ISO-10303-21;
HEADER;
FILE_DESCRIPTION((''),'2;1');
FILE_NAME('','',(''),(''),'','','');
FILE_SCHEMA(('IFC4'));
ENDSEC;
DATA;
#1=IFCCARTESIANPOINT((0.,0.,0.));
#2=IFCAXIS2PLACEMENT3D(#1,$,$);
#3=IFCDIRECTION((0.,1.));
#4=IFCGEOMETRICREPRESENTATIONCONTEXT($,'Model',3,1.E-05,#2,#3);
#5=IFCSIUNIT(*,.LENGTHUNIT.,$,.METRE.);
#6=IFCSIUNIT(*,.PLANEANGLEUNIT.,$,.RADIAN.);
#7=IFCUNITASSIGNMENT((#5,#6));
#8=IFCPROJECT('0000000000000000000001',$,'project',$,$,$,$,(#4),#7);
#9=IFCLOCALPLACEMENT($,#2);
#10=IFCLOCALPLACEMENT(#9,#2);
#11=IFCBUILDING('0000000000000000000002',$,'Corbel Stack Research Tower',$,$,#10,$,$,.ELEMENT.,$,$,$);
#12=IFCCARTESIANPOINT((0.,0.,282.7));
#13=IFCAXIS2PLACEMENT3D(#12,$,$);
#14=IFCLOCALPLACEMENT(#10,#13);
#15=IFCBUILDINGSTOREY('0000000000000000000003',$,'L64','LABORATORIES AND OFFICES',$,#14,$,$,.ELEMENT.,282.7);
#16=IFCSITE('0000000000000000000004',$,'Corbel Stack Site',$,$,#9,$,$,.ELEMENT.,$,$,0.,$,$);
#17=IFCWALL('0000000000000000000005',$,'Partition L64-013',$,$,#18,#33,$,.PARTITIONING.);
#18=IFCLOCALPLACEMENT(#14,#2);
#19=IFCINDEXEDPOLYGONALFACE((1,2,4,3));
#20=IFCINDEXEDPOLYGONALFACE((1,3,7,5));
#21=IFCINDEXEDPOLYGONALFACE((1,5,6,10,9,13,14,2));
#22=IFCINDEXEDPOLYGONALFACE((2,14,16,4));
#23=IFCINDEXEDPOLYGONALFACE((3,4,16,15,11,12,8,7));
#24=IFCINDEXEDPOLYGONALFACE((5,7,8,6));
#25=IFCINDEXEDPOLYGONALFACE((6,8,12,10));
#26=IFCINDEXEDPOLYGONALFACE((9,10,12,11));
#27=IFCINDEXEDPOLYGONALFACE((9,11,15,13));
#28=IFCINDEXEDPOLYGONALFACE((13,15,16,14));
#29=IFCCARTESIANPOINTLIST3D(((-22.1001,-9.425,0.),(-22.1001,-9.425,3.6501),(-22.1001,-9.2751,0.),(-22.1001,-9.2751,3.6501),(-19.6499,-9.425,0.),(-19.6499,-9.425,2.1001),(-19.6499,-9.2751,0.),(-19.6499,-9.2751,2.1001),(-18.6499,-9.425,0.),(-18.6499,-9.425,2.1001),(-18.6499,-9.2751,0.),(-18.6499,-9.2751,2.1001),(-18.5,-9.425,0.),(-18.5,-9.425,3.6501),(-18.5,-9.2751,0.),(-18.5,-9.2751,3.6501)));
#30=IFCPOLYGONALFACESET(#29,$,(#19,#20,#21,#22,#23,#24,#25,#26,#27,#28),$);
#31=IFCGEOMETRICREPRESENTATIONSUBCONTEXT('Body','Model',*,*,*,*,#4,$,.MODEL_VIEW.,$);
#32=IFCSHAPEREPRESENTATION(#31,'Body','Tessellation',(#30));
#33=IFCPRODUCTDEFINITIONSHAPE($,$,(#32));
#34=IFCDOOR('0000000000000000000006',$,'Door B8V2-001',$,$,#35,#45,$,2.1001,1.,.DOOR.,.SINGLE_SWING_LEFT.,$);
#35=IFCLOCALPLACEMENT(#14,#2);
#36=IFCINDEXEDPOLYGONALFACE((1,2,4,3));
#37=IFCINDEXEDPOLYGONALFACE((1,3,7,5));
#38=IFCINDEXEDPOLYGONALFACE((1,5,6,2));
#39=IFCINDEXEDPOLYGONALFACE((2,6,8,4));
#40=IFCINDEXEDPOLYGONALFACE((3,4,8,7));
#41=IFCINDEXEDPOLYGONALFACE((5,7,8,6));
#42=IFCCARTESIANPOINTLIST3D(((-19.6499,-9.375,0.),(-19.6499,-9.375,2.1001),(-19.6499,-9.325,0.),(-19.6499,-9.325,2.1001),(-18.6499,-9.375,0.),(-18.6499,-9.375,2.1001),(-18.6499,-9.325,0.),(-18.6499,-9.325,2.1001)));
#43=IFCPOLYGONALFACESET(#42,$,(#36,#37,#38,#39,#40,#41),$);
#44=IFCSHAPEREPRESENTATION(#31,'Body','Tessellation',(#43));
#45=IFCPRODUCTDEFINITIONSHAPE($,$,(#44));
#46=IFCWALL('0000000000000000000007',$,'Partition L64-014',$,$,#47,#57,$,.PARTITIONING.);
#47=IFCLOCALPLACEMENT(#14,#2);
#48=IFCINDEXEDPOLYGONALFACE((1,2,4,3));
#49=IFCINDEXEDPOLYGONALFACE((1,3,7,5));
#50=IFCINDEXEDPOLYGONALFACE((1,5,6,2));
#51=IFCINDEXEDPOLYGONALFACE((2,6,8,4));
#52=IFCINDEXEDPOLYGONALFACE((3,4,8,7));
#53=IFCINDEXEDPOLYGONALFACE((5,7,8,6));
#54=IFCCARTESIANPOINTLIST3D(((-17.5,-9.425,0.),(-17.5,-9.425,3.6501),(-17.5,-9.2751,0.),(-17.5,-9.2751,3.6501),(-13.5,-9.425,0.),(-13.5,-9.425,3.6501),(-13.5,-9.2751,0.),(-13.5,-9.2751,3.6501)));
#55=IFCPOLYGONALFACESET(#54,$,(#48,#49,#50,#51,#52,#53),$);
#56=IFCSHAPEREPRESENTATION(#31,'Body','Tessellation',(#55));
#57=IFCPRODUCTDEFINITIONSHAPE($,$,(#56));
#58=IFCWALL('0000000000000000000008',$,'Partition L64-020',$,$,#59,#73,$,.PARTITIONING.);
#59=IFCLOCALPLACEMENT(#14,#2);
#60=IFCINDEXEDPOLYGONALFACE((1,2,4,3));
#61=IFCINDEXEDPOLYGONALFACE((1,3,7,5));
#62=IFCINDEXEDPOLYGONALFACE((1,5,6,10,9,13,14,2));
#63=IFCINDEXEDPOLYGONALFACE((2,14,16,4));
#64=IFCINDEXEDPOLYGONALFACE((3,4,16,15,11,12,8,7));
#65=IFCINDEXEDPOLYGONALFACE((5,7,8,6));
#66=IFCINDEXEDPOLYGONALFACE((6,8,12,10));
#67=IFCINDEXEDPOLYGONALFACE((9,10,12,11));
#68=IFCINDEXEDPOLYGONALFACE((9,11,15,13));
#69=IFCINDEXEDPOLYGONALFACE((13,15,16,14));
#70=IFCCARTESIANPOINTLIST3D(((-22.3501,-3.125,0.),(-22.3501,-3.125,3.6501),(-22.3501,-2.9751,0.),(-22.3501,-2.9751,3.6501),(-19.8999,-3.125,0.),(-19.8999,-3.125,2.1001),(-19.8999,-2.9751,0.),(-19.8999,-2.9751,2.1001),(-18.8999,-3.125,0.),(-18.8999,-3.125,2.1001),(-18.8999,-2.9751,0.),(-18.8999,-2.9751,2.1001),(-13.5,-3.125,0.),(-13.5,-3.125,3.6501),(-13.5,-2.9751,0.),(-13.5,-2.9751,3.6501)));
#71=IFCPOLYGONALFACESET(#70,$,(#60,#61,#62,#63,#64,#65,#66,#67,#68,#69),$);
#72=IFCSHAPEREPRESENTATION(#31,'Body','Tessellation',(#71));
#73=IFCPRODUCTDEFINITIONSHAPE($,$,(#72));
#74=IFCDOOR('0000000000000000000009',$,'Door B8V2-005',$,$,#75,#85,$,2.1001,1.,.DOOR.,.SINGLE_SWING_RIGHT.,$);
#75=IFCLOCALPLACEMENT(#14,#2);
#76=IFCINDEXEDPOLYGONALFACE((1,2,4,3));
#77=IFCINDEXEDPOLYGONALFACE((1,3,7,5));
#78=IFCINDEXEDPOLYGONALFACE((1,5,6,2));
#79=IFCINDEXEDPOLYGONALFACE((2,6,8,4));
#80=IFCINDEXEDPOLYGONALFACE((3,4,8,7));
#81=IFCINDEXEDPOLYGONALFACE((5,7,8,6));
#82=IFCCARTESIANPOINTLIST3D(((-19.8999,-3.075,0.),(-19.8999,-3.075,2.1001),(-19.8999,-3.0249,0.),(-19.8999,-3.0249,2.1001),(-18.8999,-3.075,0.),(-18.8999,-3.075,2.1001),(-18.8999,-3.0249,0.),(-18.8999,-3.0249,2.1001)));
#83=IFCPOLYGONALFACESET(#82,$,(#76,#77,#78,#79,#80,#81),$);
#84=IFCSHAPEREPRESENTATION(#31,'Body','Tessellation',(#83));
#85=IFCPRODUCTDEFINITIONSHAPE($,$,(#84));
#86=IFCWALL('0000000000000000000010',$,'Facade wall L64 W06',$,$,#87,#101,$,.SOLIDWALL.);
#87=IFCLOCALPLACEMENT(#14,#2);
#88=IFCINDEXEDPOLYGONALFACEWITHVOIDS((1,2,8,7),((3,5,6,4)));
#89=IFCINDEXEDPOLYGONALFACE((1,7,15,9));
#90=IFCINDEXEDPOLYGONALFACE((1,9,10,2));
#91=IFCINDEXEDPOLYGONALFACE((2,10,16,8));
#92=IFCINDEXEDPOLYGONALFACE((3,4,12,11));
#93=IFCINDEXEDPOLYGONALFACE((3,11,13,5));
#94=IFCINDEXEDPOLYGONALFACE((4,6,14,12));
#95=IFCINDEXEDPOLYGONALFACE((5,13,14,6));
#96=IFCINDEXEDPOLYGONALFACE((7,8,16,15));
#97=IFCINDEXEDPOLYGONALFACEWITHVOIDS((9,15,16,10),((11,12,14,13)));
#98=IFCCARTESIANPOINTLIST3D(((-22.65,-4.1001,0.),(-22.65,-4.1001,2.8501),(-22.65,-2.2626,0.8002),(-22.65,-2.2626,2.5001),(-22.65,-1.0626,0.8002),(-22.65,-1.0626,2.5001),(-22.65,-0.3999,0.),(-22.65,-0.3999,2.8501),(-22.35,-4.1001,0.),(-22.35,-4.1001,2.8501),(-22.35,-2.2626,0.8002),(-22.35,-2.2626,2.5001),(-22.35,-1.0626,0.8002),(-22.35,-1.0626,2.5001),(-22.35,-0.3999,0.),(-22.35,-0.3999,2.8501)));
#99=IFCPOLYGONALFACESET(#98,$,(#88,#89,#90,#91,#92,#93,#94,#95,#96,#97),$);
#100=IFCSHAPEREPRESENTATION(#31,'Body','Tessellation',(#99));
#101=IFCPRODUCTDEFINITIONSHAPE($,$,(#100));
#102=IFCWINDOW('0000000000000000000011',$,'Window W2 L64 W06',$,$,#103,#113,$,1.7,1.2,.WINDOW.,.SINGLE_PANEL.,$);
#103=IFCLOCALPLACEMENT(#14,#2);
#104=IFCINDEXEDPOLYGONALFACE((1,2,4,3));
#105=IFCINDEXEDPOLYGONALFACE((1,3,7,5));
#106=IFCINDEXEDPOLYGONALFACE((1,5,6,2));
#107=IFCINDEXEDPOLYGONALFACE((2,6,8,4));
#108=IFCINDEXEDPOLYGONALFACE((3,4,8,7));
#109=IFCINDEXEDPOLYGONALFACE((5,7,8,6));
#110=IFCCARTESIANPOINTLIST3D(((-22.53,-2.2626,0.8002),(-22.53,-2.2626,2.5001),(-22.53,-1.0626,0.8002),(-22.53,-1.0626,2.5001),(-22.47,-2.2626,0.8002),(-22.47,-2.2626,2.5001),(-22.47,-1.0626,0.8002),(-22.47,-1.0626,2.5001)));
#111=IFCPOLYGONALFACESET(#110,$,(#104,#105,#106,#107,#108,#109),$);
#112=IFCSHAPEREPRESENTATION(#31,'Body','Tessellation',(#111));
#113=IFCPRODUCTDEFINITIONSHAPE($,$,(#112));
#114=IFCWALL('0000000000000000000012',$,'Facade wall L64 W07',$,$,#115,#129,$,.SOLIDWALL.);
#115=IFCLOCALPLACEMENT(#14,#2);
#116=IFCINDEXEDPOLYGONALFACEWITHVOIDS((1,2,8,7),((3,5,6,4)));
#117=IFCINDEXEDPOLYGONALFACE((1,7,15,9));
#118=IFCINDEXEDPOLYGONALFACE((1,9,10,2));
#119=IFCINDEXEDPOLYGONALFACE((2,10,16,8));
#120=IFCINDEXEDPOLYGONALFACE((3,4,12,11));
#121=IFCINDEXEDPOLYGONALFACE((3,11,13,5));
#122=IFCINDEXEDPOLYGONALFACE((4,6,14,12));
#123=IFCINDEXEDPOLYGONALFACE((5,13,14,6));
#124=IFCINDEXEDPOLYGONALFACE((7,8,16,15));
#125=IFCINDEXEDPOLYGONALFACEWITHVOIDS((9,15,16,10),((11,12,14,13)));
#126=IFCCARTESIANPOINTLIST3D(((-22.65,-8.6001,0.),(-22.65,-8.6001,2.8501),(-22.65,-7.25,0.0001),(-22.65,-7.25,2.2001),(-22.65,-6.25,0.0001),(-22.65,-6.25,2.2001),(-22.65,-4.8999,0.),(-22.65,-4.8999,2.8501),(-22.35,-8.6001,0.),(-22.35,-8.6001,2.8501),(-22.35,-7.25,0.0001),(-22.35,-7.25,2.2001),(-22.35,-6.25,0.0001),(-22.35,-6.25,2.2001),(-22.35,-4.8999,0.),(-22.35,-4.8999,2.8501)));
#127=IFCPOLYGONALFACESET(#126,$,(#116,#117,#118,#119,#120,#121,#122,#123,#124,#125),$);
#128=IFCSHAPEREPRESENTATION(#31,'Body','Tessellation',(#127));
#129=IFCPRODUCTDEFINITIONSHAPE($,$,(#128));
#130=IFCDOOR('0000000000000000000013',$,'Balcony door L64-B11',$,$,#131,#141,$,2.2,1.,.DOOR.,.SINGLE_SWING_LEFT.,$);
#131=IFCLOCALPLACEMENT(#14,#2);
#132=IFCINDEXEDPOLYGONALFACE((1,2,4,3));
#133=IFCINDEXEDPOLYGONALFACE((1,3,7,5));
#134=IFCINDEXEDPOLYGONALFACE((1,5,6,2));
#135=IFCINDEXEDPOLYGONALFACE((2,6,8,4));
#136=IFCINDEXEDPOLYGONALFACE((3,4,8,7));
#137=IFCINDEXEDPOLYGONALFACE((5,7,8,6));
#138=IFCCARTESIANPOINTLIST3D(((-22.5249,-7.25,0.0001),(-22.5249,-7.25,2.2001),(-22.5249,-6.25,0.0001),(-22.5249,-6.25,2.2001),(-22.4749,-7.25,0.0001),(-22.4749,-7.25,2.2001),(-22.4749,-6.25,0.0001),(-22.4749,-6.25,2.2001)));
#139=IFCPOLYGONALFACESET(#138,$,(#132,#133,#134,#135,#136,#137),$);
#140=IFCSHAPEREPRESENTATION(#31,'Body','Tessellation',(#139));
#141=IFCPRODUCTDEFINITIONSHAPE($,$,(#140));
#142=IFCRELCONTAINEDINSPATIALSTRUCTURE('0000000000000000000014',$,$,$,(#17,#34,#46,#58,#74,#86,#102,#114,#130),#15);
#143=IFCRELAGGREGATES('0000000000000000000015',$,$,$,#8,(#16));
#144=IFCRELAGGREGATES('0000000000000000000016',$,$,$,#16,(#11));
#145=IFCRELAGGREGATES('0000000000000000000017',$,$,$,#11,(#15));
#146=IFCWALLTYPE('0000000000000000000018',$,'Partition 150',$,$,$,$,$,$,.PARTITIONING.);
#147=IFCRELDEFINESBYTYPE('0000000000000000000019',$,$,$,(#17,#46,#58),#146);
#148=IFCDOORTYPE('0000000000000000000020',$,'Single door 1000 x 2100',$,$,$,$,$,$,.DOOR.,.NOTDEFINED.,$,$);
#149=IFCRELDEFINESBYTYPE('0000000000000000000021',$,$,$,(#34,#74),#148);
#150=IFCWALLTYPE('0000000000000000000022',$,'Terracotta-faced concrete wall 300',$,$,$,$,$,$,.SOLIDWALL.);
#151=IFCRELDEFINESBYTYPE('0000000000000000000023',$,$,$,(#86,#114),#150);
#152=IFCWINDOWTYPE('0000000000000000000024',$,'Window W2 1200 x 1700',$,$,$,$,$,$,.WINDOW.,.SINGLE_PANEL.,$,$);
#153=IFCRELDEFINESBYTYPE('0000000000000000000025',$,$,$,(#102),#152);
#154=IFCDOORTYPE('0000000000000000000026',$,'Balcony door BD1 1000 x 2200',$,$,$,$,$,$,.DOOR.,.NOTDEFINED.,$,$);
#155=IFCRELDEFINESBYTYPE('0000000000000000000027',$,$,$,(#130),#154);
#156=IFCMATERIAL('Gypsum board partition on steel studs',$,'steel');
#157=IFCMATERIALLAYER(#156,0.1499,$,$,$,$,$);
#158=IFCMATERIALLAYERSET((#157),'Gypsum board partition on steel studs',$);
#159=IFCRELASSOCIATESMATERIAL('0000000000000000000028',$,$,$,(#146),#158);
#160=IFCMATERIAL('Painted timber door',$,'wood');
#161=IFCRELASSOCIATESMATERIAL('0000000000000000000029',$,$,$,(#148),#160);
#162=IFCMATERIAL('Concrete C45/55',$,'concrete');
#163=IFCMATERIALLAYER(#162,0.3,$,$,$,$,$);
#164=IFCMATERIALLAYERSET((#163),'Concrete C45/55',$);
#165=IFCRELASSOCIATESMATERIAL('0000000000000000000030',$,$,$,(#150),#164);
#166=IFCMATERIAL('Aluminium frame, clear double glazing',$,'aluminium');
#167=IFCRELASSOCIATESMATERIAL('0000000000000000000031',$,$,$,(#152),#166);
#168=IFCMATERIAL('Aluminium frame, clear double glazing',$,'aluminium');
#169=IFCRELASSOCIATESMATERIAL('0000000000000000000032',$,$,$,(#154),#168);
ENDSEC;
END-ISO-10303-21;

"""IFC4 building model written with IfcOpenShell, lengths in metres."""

from ifc_helpers import new_model, si_unit, direction, frame, frame_2d, origin, place, context, subcontext, project, spatial, rectangle, extrude, material, layer, layer_set, type_object, element, fill, save


model = new_model("IFC4")

# Units and contexts
model_context = context("Model", 3, precision=1e-05, world=origin(), true_north=direction((0.0, 1.0)))
body_context = subcontext(model_context, "Body", "Model", "MODEL_VIEW")
ifc_project = project(units=[si_unit("LENGTHUNIT", "METRE"), si_unit("PLANEANGLEUNIT", "RADIAN")], contexts=[model_context])

# Site, building, storey
site_placement = place(None, origin())
site = spatial("IfcSite", under=ifc_project, at=site_placement, Name="Corbel Stack Site", CompositionType="ELEMENT", RefElevation=0.0)
building_placement = place(site_placement, origin())
building = spatial("IfcBuilding", under=site, at=building_placement, Name="Corbel Stack Research Tower", CompositionType="ELEMENT")
storey_placement = place(building_placement, frame((0.0, 0.0, 282.7)))
storey = spatial("IfcBuildingStorey", under=building, at=storey_placement, Name="L64", Description="LABORATORIES AND OFFICES", CompositionType="ELEMENT", Elevation=282.7)

# Wall, opening, door
ifc_material_1 = material(Name="Gypsum board partition on steel studs", Category="steel")
ifc_layer_1 = layer(ifc_material_1, 0.1499)
ifc_layer_set_1 = layer_set([ifc_layer_1], Name="Gypsum board partition on steel studs")
wall_type_1 = type_object("IfcWallType", Name="Partition 150", PredefinedType="PARTITIONING", material=ifc_layer_set_1)
wall_1_placement = place(storey_placement, frame((-18.5, -9.3501, 0.0), z_axis=(0.0, 0.0, 1.0), x_axis=(-1.0, 0.0, 0.0)))
wall_1 = element("IfcWall", 1, at=wall_1_placement, inside=storey, type_object=wall_type_1, Name="Partition L64-013", PredefinedType="PARTITIONING", context=body_context, shape_type="SweptSolid", body=[
    extrude(rectangle(XDim=3.6001, YDim=0.1499, at=frame_2d((1.8, 0.0))), origin(), (0.0, 0.0, 1.0), 3.6501),
])
opening_1_placement = place(wall_1_placement, frame((0.1499, 0.0, 0.0)))
opening_1 = element("IfcOpeningElement", 2, at=opening_1_placement, cuts=wall_1, PredefinedType="OPENING", context=body_context, shape_type="SweptSolid", body=[
    extrude(rectangle(XDim=1.0, YDim=2.1001, at=frame_2d((0.5, 1.05))), frame((0.0, 0.085, 0.0), z_axis=(0.0, -1.0, 0.0), x_axis=(1.0, 0.0, 0.0)), (0.0, 0.0, 1.0), 0.1699),
])
ifc_material_2 = material(Name="Painted timber door", Category="wood")
door_type_1 = type_object("IfcDoorType", Name="Single door 1000 x 2100", OperationType="NOTDEFINED", PredefinedType="DOOR", material=ifc_material_2)
door_1_placement = place(opening_1_placement, origin())
door_1 = element("IfcDoor", 3, at=door_1_placement, inside=storey, type_object=door_type_1, Name="Door B8V2-001", OperationType="SINGLE_SWING_LEFT", OverallHeight=2.1001, OverallWidth=1.0, PredefinedType="DOOR", context=body_context, shape_type="SweptSolid", body=[
    extrude(rectangle(XDim=1.0, YDim=2.1001, at=frame_2d((0.5, 1.05))), frame((0.0, 0.0249, 0.0), z_axis=(0.0, -1.0, 0.0), x_axis=(1.0, 0.0, 0.0)), (0.0, 0.0, 1.0), 0.05),
])
fill(opening_1, door_1)

# Wall
wall_2_placement = place(storey_placement, frame((-17.5, -9.3501, 0.0), z_axis=(0.0, 0.0, 1.0), x_axis=(1.0, 0.0, 0.0)))
element("IfcWall", 4, at=wall_2_placement, inside=storey, type_object=wall_type_1, Name="Partition L64-014", PredefinedType="PARTITIONING", context=body_context, shape_type="SweptSolid", body=[
    extrude(rectangle(XDim=4.0, YDim=0.1499, at=frame_2d((2.0, 0.0))), origin(), (0.0, 0.0, 1.0), 3.6501),
])

# Wall, opening, door
wall_3_placement = place(storey_placement, frame((-13.5, -3.05, 0.0), z_axis=(0.0, 0.0, 1.0), x_axis=(-1.0, 0.0, 0.0)))
wall_3 = element("IfcWall", 5, at=wall_3_placement, inside=storey, type_object=wall_type_1, Name="Partition L64-020", PredefinedType="PARTITIONING", context=body_context, shape_type="SweptSolid", body=[
    extrude(rectangle(XDim=8.8501, YDim=0.1499, at=frame_2d((4.425, 0.0))), origin(), (0.0, 0.0, 1.0), 3.6501),
])
opening_2_placement = place(wall_3_placement, frame((5.3999, 0.0, 0.0)))
opening_2 = element("IfcOpeningElement", 6, at=opening_2_placement, cuts=wall_3, PredefinedType="OPENING", context=body_context, shape_type="SweptSolid", body=[
    extrude(rectangle(XDim=1.0, YDim=2.1001, at=frame_2d((0.5, 1.05))), frame((0.0, 0.085, 0.0), z_axis=(0.0, -1.0, 0.0), x_axis=(1.0, 0.0, 0.0)), (0.0, 0.0, 1.0), 0.1699),
])
door_2_placement = place(opening_2_placement, origin())
door_2 = element("IfcDoor", 7, at=door_2_placement, inside=storey, type_object=door_type_1, Name="Door B8V2-005", OperationType="SINGLE_SWING_RIGHT", OverallHeight=2.1001, OverallWidth=1.0, PredefinedType="DOOR", context=body_context, shape_type="SweptSolid", body=[
    extrude(rectangle(XDim=1.0, YDim=2.1001, at=frame_2d((0.5, 1.05))), frame((0.0, 0.0249, 0.0), z_axis=(0.0, -1.0, 0.0), x_axis=(1.0, 0.0, 0.0)), (0.0, 0.0, 1.0), 0.05),
])
fill(opening_2, door_2)

# Wall, opening, window
ifc_material_3 = material(Name="Concrete C45/55", Category="concrete")
ifc_layer_2 = layer(ifc_material_3, 0.3)
ifc_layer_set_2 = layer_set([ifc_layer_2], Name="Concrete C45/55")
wall_type_2 = type_object("IfcWallType", Name="Terracotta-faced concrete wall 300", PredefinedType="SOLIDWALL", material=ifc_layer_set_2)
wall_4_placement = place(storey_placement, frame((-22.5, -4.1001, 0.0), z_axis=(0.0, 0.0, 1.0), x_axis=(0.0, 1.0, 0.0)))
wall_4 = element("IfcWall", 8, at=wall_4_placement, inside=storey, type_object=wall_type_2, Name="Facade wall L64 W06", PredefinedType="SOLIDWALL", context=body_context, shape_type="SweptSolid", body=[
    extrude(rectangle(XDim=3.7002, YDim=0.3, at=frame_2d((1.8501, 0.0))), origin(), (0.0, 0.0, 1.0), 2.8501),
])
opening_3_placement = place(wall_4_placement, frame((1.8374, 0.0, 0.8)))
opening_3 = element("IfcOpeningElement", 9, at=opening_3_placement, cuts=wall_4, PredefinedType="OPENING", context=body_context, shape_type="SweptSolid", body=[
    extrude(rectangle(XDim=1.2, YDim=1.7, at=frame_2d((0.6001, 0.8501))), frame((0.0, 0.1599, 0.0), z_axis=(0.0, -1.0, 0.0), x_axis=(1.0, 0.0, 0.0)), (0.0, 0.0, 1.0), 0.3201),
])
ifc_material_4 = material(Name="Aluminium frame, clear double glazing", Category="aluminium")
window_type = type_object("IfcWindowType", Name="Window W2 1200 x 1700", PartitioningType="SINGLE_PANEL", PredefinedType="WINDOW", material=ifc_material_4)
window_placement = place(opening_3_placement, origin())
window = element("IfcWindow", 10, at=window_placement, inside=storey, type_object=window_type, Name="Window W2 L64 W06", OverallHeight=1.7, OverallWidth=1.2, PartitioningType="SINGLE_PANEL", PredefinedType="WINDOW", context=body_context, shape_type="SweptSolid", body=[
    extrude(rectangle(XDim=1.2, YDim=1.7, at=frame_2d((0.6001, 0.8501))), frame((0.0, 0.03, 0.0), z_axis=(0.0, -1.0, 0.0), x_axis=(1.0, 0.0, 0.0)), (0.0, 0.0, 1.0), 0.0601),
])
fill(opening_3, window)

# Wall, opening, door
wall_5_placement = place(storey_placement, frame((-22.5, -8.6001, 0.0), z_axis=(0.0, 0.0, 1.0), x_axis=(0.0, 1.0, 0.0)))
wall_5 = element("IfcWall", 11, at=wall_5_placement, inside=storey, type_object=wall_type_2, Name="Facade wall L64 W07", PredefinedType="SOLIDWALL", context=body_context, shape_type="SweptSolid", body=[
    extrude(rectangle(XDim=3.7002, YDim=0.3, at=frame_2d((1.8501, 0.0))), origin(), (0.0, 0.0, 1.0), 2.8501),
])
opening_4_placement = place(wall_5_placement, frame((1.3501, 0.0, 0.0)))
opening_4 = element("IfcOpeningElement", 12, at=opening_4_placement, cuts=wall_5, PredefinedType="OPENING", context=body_context, shape_type="SweptSolid", body=[
    extrude(rectangle(XDim=1.0, YDim=2.2, at=frame_2d((0.5, 1.1001))), frame((0.0, 0.1599, 0.0), z_axis=(0.0, -1.0, 0.0), x_axis=(1.0, 0.0, 0.0)), (0.0, 0.0, 1.0), 0.3201),
])
ifc_material_5 = material(Name="Aluminium frame, clear double glazing", Category="aluminium")
door_type_2 = type_object("IfcDoorType", Name="Balcony door BD1 1000 x 2200", OperationType="NOTDEFINED", PredefinedType="DOOR", material=ifc_material_5)
door_3_placement = place(opening_4_placement, origin())
door_3 = element("IfcDoor", 13, at=door_3_placement, inside=storey, type_object=door_type_2, Name="Balcony door L64-B11", OperationType="SINGLE_SWING_LEFT", OverallHeight=2.2, OverallWidth=1.0, PredefinedType="DOOR", context=body_context, shape_type="SweptSolid", body=[
    extrude(rectangle(XDim=1.0, YDim=2.2, at=frame_2d((0.5, 1.1001))), frame((0.0, 0.0249, 0.0), z_axis=(0.0, -1.0, 0.0), x_axis=(1.0, 0.0, 0.0)), (0.0, 0.0, 1.0), 0.05),
])
fill(opening_4, door_3)

save(model, "model.ifc")
